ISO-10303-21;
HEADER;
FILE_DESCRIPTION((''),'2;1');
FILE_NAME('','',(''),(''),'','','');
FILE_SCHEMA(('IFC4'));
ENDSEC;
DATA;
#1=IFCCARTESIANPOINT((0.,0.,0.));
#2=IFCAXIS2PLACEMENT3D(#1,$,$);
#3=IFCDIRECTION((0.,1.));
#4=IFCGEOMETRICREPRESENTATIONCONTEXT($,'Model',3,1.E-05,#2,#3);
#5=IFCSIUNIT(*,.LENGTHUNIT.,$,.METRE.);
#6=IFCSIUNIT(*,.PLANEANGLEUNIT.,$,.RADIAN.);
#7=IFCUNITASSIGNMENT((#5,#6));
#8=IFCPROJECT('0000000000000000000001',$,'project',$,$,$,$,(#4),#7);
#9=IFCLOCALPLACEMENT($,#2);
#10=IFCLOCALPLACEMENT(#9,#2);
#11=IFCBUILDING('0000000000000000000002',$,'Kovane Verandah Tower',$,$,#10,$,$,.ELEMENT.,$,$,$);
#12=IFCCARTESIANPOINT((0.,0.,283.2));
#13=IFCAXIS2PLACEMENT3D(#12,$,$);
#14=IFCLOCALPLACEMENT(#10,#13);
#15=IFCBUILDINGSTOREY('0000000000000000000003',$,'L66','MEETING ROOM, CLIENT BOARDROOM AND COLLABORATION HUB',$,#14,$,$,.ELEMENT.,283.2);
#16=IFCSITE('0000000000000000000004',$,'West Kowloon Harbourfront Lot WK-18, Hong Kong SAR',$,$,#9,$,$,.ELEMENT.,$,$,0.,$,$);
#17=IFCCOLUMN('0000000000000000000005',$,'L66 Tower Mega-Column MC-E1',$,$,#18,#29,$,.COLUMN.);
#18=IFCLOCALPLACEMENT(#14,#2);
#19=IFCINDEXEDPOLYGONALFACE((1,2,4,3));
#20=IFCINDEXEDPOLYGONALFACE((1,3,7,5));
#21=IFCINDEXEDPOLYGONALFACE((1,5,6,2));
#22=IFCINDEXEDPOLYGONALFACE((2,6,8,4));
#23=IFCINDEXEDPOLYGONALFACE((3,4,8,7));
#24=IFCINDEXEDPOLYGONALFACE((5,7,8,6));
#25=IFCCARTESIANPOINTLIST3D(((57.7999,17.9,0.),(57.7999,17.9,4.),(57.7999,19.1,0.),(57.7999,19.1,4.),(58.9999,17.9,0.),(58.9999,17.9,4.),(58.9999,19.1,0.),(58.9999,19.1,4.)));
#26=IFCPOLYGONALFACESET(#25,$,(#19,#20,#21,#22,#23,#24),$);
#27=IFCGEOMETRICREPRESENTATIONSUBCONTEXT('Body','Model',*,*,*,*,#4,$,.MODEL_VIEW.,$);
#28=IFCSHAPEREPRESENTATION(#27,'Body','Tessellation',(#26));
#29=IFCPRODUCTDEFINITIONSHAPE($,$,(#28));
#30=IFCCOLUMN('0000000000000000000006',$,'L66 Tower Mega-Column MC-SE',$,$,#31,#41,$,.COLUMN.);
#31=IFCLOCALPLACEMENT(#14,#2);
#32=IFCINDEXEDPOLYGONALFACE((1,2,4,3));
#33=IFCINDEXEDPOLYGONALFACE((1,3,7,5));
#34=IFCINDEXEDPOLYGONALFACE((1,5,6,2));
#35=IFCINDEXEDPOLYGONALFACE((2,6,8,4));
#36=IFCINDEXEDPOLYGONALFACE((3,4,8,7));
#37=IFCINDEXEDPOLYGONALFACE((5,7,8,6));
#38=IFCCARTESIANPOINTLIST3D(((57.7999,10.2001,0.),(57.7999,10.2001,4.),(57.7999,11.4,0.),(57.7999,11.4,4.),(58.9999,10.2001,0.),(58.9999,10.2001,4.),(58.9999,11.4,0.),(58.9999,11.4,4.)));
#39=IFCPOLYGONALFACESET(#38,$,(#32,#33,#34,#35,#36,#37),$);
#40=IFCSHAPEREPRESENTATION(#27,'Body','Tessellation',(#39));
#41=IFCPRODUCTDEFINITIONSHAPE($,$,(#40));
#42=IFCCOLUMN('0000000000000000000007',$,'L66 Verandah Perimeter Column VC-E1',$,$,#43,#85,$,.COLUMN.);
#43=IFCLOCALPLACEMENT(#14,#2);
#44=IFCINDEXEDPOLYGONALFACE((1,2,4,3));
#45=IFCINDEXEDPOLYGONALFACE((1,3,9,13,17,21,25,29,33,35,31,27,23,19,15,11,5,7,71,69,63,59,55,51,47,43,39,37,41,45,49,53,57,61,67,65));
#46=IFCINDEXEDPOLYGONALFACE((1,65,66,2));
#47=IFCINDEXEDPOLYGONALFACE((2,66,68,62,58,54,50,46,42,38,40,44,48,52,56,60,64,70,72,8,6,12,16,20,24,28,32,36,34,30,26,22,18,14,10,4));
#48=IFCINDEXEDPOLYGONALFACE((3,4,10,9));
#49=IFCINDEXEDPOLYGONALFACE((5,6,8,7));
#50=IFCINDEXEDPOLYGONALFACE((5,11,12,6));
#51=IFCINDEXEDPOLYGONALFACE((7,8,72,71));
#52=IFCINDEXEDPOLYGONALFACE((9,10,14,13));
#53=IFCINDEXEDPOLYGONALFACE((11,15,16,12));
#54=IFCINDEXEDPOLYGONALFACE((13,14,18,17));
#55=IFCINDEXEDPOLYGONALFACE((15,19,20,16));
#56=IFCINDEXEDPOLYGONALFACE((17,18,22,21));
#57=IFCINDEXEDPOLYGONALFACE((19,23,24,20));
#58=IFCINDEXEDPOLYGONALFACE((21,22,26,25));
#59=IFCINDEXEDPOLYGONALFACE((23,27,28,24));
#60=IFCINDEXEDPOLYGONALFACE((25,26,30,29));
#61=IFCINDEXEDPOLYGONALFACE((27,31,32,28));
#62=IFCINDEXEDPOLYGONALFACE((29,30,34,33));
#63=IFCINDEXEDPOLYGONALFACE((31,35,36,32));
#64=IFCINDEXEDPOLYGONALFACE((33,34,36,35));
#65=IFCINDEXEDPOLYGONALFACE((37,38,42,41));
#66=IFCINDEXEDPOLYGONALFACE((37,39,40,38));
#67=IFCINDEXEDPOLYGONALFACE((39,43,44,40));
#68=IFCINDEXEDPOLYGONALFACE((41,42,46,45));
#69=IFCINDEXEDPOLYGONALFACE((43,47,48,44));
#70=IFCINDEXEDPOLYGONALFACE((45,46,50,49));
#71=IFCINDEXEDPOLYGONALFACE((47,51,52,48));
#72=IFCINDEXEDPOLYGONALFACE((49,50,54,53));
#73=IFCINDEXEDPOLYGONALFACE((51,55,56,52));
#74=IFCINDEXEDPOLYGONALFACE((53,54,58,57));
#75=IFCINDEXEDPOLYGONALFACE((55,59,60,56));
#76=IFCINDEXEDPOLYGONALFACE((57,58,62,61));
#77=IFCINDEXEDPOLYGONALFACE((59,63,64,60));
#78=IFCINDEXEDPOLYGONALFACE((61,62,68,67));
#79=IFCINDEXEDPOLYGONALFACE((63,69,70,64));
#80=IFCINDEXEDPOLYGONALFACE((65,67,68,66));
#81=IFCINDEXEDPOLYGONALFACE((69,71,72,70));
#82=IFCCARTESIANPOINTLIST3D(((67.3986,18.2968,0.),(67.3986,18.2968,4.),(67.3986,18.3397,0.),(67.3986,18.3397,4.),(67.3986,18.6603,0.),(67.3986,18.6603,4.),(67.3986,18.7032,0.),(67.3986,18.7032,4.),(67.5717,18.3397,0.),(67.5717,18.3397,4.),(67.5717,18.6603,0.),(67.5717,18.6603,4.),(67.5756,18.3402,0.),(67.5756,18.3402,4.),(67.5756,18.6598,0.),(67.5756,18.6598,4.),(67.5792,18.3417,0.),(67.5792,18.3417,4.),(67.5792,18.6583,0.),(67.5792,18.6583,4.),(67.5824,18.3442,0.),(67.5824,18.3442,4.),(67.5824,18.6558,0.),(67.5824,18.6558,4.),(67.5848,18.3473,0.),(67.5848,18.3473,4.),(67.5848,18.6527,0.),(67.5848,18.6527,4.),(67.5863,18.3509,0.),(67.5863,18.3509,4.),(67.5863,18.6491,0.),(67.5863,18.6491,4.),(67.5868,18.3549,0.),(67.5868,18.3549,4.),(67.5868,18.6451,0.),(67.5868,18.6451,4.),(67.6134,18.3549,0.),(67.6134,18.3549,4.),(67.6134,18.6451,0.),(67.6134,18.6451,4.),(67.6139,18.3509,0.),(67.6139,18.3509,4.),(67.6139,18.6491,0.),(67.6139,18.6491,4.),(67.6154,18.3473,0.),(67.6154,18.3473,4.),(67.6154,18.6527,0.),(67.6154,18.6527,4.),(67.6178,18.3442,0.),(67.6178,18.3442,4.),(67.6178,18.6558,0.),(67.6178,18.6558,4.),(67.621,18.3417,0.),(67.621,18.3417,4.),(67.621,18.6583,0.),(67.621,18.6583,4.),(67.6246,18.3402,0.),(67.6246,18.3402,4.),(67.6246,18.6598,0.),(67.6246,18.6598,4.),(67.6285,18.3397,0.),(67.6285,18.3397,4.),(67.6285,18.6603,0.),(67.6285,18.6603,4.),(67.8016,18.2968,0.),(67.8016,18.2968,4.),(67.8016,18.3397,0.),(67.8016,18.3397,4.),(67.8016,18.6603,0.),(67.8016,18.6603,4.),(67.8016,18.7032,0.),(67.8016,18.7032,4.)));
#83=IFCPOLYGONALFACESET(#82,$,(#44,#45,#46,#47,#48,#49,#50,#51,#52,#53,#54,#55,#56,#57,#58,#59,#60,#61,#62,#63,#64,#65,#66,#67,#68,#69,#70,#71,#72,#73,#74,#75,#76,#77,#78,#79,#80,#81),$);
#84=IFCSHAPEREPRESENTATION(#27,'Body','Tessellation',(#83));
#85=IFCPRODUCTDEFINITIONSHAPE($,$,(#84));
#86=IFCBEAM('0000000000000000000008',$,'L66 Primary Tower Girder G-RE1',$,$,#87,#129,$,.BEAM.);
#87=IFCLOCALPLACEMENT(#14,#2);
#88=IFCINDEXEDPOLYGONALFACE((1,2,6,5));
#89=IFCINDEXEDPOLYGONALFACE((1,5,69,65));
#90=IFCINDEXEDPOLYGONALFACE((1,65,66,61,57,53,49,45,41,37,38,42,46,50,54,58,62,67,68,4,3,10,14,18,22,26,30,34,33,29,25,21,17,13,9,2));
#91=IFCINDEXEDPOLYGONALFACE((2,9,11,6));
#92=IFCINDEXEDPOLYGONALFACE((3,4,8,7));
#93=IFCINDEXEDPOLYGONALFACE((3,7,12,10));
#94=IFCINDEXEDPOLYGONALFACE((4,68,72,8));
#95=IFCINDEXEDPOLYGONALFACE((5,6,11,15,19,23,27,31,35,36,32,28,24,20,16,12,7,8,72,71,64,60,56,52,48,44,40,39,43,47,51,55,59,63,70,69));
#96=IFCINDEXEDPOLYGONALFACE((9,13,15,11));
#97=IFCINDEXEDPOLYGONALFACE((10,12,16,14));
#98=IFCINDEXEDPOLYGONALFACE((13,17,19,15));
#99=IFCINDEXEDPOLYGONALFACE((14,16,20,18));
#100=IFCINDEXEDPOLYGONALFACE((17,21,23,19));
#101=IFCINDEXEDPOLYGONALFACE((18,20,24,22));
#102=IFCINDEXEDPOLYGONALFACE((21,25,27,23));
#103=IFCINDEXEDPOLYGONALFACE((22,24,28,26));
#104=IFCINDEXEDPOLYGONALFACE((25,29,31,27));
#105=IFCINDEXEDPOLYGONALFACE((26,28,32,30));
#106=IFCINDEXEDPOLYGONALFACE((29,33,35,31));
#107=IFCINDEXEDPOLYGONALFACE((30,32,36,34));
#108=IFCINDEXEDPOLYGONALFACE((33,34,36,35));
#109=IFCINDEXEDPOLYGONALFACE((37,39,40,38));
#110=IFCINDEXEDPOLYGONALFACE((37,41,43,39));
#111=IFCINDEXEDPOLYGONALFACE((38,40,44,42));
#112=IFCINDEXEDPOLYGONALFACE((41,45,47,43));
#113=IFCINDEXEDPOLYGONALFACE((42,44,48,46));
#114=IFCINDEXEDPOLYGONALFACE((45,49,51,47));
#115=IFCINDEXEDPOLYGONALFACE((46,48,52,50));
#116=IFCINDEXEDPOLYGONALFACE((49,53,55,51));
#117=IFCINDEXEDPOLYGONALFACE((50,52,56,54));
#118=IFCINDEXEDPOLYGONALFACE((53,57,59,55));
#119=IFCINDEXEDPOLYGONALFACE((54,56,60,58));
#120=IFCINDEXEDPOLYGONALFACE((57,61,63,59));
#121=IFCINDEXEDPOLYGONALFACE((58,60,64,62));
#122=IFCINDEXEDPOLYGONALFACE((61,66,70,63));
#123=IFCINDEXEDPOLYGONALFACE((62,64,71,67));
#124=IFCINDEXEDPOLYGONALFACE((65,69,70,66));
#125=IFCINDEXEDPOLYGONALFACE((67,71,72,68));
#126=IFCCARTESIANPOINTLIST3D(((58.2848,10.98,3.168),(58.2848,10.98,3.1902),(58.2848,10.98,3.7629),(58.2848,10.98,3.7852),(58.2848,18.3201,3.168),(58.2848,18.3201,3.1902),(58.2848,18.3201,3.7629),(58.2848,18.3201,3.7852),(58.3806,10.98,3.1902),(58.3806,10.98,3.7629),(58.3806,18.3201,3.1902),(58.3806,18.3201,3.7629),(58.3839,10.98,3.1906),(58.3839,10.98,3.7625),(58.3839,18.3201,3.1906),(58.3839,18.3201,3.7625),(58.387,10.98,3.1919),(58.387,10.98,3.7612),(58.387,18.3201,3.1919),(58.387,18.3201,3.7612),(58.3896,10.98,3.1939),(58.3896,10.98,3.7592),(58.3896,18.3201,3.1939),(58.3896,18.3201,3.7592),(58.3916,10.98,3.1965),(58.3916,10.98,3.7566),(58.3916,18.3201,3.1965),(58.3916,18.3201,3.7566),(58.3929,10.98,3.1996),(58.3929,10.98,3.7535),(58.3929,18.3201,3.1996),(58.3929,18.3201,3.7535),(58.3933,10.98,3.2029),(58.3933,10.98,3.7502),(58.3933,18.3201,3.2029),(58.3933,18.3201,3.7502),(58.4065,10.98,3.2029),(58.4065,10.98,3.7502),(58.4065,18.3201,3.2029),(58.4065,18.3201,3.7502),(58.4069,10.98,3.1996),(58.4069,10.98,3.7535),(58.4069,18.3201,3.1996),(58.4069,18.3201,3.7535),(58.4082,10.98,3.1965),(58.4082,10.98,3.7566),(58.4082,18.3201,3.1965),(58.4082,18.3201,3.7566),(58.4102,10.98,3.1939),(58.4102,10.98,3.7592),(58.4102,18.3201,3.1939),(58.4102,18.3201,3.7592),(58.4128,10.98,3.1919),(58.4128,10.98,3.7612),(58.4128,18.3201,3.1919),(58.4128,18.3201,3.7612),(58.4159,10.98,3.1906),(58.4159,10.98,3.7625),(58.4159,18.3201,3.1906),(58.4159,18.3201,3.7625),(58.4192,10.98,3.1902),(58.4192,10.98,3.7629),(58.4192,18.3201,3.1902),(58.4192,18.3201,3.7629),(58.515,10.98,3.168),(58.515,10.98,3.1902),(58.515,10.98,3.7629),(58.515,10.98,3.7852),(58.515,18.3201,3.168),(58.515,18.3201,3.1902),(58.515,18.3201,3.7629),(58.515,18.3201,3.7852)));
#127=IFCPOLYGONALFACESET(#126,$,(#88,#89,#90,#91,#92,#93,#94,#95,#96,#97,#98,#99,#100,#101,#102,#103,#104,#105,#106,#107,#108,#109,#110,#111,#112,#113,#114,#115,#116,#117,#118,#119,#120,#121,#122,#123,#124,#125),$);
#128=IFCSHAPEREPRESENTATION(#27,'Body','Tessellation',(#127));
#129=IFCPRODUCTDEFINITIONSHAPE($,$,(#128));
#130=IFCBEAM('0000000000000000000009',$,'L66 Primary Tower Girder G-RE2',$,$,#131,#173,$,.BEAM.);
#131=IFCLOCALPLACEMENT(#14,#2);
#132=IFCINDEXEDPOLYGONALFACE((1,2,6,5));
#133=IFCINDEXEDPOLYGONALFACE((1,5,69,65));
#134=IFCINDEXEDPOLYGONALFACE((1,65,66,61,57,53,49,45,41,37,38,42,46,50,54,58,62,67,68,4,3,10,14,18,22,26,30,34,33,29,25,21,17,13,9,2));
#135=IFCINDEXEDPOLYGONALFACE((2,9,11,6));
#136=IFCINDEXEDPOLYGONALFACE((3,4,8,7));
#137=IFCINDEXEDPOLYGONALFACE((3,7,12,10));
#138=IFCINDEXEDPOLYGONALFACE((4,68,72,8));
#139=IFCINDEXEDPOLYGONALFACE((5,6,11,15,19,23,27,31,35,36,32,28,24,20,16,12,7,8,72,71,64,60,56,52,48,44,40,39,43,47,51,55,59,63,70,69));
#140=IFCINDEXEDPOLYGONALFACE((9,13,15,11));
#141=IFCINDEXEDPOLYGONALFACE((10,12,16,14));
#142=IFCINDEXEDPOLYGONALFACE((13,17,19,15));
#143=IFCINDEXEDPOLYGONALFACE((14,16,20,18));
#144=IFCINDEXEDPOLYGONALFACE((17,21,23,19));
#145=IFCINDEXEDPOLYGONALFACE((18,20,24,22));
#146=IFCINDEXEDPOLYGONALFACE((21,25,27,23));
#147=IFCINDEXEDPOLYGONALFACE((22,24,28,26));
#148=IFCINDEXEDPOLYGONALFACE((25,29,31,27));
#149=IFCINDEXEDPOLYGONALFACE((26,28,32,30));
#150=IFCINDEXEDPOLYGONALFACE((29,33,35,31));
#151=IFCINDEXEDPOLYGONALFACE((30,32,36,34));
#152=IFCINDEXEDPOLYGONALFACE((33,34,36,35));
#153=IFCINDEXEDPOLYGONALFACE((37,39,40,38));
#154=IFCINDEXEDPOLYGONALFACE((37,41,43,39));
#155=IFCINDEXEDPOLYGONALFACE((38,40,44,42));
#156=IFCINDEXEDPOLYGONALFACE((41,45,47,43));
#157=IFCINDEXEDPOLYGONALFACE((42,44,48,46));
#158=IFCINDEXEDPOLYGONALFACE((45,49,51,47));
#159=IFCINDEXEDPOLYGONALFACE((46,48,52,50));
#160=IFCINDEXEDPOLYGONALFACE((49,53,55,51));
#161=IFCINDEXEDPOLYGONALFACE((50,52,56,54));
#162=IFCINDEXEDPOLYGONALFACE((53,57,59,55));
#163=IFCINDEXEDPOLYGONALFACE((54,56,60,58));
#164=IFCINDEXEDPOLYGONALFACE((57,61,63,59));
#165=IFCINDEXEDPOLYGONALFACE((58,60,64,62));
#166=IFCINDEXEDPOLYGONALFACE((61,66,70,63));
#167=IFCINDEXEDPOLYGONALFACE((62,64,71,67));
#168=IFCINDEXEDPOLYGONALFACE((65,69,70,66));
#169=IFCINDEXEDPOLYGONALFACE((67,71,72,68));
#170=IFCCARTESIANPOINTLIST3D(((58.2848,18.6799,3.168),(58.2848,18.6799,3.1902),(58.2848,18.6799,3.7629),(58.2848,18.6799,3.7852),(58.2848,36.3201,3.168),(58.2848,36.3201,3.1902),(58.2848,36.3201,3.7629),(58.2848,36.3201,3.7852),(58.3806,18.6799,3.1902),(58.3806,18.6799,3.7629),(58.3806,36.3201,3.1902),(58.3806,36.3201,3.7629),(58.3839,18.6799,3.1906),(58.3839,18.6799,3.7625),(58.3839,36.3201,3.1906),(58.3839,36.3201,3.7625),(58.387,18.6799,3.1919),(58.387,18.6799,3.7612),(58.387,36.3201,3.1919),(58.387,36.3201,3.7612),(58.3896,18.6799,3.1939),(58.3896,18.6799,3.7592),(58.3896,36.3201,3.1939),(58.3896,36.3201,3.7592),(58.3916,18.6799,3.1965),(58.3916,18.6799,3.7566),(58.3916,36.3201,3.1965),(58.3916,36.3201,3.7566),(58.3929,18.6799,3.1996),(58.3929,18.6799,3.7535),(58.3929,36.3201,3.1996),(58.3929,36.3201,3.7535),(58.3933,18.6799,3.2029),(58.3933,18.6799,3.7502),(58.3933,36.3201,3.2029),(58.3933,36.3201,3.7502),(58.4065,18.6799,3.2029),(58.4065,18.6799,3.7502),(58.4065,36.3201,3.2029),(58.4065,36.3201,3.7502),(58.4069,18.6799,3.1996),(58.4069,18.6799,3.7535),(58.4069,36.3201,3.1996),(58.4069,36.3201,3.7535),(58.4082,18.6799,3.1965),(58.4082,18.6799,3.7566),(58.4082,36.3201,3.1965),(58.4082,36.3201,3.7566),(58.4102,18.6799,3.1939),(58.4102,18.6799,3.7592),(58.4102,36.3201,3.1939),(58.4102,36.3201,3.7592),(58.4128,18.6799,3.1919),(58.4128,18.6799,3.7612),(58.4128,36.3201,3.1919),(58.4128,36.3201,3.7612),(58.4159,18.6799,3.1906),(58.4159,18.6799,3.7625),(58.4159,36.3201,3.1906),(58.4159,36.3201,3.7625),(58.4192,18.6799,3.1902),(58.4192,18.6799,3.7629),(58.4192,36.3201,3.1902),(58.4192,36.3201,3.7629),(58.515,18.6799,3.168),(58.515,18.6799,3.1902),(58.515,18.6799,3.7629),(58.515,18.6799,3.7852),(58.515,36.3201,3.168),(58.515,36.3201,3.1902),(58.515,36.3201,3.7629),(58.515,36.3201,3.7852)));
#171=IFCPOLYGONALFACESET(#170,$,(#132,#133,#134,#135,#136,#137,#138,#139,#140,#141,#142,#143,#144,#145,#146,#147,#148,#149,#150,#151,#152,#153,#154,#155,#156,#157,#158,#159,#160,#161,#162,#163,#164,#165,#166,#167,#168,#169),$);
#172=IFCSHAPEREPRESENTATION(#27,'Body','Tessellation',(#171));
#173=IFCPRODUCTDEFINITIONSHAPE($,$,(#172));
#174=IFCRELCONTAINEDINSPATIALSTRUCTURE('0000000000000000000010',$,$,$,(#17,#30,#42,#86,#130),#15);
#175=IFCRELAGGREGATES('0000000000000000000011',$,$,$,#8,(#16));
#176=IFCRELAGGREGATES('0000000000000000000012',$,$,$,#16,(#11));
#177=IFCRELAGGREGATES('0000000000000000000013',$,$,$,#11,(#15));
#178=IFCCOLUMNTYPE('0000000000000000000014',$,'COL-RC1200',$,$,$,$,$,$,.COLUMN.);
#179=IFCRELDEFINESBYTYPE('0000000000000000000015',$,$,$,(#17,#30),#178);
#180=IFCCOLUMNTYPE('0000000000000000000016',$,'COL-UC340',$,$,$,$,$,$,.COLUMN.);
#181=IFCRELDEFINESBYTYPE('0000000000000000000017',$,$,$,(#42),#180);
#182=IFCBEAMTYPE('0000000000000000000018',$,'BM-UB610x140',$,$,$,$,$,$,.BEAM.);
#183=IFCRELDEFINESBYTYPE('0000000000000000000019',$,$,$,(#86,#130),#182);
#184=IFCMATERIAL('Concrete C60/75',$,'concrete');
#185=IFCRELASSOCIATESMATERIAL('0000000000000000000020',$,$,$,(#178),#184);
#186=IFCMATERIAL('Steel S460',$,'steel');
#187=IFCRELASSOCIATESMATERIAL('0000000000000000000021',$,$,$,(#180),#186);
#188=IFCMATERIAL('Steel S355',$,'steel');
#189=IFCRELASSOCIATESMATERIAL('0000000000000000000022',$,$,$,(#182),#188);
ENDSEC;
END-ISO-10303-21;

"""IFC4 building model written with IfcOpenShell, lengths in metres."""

from ifc_helpers import new_model, si_unit, direction, frame, origin, origin_2d, place, context, subcontext, project, spatial, rectangle, i_section, extrude, material, material_profile, profile_set, type_object, element, save


model = new_model("IFC4")

# Units and contexts
model_context = context("Model", 3, precision=1e-05, world=origin(), true_north=direction((0.0, 1.0)))
body_context = subcontext(model_context, "Body", "Model", "MODEL_VIEW")
ifc_project = project(units=[si_unit("LENGTHUNIT", "METRE"), si_unit("PLANEANGLEUNIT", "RADIAN")], contexts=[model_context])

# Site, building, storey
site_placement = place(None, origin())
site = spatial("IfcSite", under=ifc_project, at=site_placement, Name="West Kowloon Harbourfront Lot WK-18, Hong Kong SAR", CompositionType="ELEMENT", RefElevation=0.0)
building_placement = place(site_placement, origin())
building = spatial("IfcBuilding", under=site, at=building_placement, Name="Kovane Verandah Tower", CompositionType="ELEMENT")
storey_placement = place(building_placement, frame((0.0, 0.0, 283.2)))
storey = spatial("IfcBuildingStorey", under=building, at=storey_placement, Name="L66", Description="MEETING ROOM, CLIENT BOARDROOM AND COLLABORATION HUB", CompositionType="ELEMENT", Elevation=283.2)

# Columns
ifc_material_1 = material(Name="Concrete C60/75", Category="concrete")
ifc_material_profile_1 = material_profile(ifc_material_1, rectangle(XDim=1.2, YDim=1.2, at=origin_2d()), Name="RC1200x1200")
ifc_profile_set_1 = profile_set([ifc_material_profile_1], Name="Concrete C60/75")
column_type_1 = type_object("IfcColumnType", Name="COL-RC1200", PredefinedType="COLUMN", material=ifc_profile_set_1)
for number, where, z_axis, x_axis, name in (
    (1, (58.3999, 18.5, 0.0), (0.0, 0.0, 1.0), (1.0, 0.0, 0.0), "L66 Tower Mega-Column MC-E1"),
    (2, (58.3999, 10.8, 0.0), (0.0, 0.0, 1.0), (1.0, 0.0, 0.0), "L66 Tower Mega-Column MC-SE"),
):
    element("IfcColumn", number, at=place(storey_placement, frame(where, z_axis=z_axis, x_axis=x_axis)), inside=storey, type_object=column_type_1, Name=name, PredefinedType="COLUMN", context=body_context, shape_type="SweptSolid", body=[
        extrude(rectangle(XDim=1.2, YDim=1.2, at=origin_2d()), origin(), (0.0, 0.0, 1.0), 4.0),
    ])
ifc_material_2 = material(Name="Steel S460", Category="steel")
ifc_material_profile_2 = material_profile(ifc_material_2, i_section(OverallWidth=0.4031, OverallDepth=0.4065, WebThickness=0.0266, FlangeThickness=0.043, FilletRadius=0.0151, at=origin_2d()), Name="UC356x406x340")
ifc_profile_set_2 = profile_set([ifc_material_profile_2], Name="Steel S460")
column_type_2 = type_object("IfcColumnType", Name="COL-UC340", PredefinedType="COLUMN", material=ifc_profile_set_2)
column_placement = place(storey_placement, frame((67.6001, 18.5, 0.0), z_axis=(0.0, 0.0, 1.0), x_axis=(1.0, 0.0, 0.0)))
element("IfcColumn", 3, at=column_placement, inside=storey, type_object=column_type_2, Name="L66 Verandah Perimeter Column VC-E1", PredefinedType="COLUMN", context=body_context, shape_type="SweptSolid", body=[
    extrude(i_section(OverallWidth=0.4031, OverallDepth=0.4065, WebThickness=0.0266, FlangeThickness=0.043, FilletRadius=0.0151, at=origin_2d()), origin(), (0.0, 0.0, 1.0), 4.0),
])

# Beams
ifc_material_3 = material(Name="Steel S355", Category="steel")
ifc_material_profile_3 = material_profile(ifc_material_3, i_section(OverallWidth=0.2302, OverallDepth=0.6172, WebThickness=0.0132, FlangeThickness=0.0222, FilletRadius=0.0127, at=origin_2d()), Name="UB610x229x140")
ifc_profile_set_3 = profile_set([ifc_material_profile_3], Name="Steel S355")
beam_type_1 = type_object("IfcBeamType", Name="BM-UB610x140", PredefinedType="BEAM", material=ifc_profile_set_3)
beam_1_placement = place(storey_placement, frame((58.3999, 10.98, 3.4766), z_axis=(0.0, 1.0, 0.0), x_axis=(-1.0, 0.0, 0.0)))
element("IfcBeam", 4, at=beam_1_placement, inside=storey, type_object=beam_type_1, Name="L66 Primary Tower Girder G-RE1", PredefinedType="BEAM", context=body_context, shape_type="SweptSolid", body=[
    extrude(i_section(OverallWidth=0.2302, OverallDepth=0.6172, WebThickness=0.0132, FlangeThickness=0.0222, FilletRadius=0.0127, at=origin_2d()), origin(), (0.0, 0.0, 1.0), 7.3401),
])
beam_2_placement = place(storey_placement, frame((58.3999, 18.6799, 3.4766), z_axis=(0.0, 1.0, 0.0), x_axis=(-1.0, 0.0, 0.0)))
element("IfcBeam", 5, at=beam_2_placement, inside=storey, type_object=beam_type_1, Name="L66 Primary Tower Girder G-RE2", PredefinedType="BEAM", context=body_context, shape_type="SweptSolid", body=[
    extrude(i_section(OverallWidth=0.2302, OverallDepth=0.6172, WebThickness=0.0132, FlangeThickness=0.0222, FilletRadius=0.0127, at=origin_2d()), origin(), (0.0, 0.0, 1.0), 17.6401),
])

save(model, "model.ifc")
